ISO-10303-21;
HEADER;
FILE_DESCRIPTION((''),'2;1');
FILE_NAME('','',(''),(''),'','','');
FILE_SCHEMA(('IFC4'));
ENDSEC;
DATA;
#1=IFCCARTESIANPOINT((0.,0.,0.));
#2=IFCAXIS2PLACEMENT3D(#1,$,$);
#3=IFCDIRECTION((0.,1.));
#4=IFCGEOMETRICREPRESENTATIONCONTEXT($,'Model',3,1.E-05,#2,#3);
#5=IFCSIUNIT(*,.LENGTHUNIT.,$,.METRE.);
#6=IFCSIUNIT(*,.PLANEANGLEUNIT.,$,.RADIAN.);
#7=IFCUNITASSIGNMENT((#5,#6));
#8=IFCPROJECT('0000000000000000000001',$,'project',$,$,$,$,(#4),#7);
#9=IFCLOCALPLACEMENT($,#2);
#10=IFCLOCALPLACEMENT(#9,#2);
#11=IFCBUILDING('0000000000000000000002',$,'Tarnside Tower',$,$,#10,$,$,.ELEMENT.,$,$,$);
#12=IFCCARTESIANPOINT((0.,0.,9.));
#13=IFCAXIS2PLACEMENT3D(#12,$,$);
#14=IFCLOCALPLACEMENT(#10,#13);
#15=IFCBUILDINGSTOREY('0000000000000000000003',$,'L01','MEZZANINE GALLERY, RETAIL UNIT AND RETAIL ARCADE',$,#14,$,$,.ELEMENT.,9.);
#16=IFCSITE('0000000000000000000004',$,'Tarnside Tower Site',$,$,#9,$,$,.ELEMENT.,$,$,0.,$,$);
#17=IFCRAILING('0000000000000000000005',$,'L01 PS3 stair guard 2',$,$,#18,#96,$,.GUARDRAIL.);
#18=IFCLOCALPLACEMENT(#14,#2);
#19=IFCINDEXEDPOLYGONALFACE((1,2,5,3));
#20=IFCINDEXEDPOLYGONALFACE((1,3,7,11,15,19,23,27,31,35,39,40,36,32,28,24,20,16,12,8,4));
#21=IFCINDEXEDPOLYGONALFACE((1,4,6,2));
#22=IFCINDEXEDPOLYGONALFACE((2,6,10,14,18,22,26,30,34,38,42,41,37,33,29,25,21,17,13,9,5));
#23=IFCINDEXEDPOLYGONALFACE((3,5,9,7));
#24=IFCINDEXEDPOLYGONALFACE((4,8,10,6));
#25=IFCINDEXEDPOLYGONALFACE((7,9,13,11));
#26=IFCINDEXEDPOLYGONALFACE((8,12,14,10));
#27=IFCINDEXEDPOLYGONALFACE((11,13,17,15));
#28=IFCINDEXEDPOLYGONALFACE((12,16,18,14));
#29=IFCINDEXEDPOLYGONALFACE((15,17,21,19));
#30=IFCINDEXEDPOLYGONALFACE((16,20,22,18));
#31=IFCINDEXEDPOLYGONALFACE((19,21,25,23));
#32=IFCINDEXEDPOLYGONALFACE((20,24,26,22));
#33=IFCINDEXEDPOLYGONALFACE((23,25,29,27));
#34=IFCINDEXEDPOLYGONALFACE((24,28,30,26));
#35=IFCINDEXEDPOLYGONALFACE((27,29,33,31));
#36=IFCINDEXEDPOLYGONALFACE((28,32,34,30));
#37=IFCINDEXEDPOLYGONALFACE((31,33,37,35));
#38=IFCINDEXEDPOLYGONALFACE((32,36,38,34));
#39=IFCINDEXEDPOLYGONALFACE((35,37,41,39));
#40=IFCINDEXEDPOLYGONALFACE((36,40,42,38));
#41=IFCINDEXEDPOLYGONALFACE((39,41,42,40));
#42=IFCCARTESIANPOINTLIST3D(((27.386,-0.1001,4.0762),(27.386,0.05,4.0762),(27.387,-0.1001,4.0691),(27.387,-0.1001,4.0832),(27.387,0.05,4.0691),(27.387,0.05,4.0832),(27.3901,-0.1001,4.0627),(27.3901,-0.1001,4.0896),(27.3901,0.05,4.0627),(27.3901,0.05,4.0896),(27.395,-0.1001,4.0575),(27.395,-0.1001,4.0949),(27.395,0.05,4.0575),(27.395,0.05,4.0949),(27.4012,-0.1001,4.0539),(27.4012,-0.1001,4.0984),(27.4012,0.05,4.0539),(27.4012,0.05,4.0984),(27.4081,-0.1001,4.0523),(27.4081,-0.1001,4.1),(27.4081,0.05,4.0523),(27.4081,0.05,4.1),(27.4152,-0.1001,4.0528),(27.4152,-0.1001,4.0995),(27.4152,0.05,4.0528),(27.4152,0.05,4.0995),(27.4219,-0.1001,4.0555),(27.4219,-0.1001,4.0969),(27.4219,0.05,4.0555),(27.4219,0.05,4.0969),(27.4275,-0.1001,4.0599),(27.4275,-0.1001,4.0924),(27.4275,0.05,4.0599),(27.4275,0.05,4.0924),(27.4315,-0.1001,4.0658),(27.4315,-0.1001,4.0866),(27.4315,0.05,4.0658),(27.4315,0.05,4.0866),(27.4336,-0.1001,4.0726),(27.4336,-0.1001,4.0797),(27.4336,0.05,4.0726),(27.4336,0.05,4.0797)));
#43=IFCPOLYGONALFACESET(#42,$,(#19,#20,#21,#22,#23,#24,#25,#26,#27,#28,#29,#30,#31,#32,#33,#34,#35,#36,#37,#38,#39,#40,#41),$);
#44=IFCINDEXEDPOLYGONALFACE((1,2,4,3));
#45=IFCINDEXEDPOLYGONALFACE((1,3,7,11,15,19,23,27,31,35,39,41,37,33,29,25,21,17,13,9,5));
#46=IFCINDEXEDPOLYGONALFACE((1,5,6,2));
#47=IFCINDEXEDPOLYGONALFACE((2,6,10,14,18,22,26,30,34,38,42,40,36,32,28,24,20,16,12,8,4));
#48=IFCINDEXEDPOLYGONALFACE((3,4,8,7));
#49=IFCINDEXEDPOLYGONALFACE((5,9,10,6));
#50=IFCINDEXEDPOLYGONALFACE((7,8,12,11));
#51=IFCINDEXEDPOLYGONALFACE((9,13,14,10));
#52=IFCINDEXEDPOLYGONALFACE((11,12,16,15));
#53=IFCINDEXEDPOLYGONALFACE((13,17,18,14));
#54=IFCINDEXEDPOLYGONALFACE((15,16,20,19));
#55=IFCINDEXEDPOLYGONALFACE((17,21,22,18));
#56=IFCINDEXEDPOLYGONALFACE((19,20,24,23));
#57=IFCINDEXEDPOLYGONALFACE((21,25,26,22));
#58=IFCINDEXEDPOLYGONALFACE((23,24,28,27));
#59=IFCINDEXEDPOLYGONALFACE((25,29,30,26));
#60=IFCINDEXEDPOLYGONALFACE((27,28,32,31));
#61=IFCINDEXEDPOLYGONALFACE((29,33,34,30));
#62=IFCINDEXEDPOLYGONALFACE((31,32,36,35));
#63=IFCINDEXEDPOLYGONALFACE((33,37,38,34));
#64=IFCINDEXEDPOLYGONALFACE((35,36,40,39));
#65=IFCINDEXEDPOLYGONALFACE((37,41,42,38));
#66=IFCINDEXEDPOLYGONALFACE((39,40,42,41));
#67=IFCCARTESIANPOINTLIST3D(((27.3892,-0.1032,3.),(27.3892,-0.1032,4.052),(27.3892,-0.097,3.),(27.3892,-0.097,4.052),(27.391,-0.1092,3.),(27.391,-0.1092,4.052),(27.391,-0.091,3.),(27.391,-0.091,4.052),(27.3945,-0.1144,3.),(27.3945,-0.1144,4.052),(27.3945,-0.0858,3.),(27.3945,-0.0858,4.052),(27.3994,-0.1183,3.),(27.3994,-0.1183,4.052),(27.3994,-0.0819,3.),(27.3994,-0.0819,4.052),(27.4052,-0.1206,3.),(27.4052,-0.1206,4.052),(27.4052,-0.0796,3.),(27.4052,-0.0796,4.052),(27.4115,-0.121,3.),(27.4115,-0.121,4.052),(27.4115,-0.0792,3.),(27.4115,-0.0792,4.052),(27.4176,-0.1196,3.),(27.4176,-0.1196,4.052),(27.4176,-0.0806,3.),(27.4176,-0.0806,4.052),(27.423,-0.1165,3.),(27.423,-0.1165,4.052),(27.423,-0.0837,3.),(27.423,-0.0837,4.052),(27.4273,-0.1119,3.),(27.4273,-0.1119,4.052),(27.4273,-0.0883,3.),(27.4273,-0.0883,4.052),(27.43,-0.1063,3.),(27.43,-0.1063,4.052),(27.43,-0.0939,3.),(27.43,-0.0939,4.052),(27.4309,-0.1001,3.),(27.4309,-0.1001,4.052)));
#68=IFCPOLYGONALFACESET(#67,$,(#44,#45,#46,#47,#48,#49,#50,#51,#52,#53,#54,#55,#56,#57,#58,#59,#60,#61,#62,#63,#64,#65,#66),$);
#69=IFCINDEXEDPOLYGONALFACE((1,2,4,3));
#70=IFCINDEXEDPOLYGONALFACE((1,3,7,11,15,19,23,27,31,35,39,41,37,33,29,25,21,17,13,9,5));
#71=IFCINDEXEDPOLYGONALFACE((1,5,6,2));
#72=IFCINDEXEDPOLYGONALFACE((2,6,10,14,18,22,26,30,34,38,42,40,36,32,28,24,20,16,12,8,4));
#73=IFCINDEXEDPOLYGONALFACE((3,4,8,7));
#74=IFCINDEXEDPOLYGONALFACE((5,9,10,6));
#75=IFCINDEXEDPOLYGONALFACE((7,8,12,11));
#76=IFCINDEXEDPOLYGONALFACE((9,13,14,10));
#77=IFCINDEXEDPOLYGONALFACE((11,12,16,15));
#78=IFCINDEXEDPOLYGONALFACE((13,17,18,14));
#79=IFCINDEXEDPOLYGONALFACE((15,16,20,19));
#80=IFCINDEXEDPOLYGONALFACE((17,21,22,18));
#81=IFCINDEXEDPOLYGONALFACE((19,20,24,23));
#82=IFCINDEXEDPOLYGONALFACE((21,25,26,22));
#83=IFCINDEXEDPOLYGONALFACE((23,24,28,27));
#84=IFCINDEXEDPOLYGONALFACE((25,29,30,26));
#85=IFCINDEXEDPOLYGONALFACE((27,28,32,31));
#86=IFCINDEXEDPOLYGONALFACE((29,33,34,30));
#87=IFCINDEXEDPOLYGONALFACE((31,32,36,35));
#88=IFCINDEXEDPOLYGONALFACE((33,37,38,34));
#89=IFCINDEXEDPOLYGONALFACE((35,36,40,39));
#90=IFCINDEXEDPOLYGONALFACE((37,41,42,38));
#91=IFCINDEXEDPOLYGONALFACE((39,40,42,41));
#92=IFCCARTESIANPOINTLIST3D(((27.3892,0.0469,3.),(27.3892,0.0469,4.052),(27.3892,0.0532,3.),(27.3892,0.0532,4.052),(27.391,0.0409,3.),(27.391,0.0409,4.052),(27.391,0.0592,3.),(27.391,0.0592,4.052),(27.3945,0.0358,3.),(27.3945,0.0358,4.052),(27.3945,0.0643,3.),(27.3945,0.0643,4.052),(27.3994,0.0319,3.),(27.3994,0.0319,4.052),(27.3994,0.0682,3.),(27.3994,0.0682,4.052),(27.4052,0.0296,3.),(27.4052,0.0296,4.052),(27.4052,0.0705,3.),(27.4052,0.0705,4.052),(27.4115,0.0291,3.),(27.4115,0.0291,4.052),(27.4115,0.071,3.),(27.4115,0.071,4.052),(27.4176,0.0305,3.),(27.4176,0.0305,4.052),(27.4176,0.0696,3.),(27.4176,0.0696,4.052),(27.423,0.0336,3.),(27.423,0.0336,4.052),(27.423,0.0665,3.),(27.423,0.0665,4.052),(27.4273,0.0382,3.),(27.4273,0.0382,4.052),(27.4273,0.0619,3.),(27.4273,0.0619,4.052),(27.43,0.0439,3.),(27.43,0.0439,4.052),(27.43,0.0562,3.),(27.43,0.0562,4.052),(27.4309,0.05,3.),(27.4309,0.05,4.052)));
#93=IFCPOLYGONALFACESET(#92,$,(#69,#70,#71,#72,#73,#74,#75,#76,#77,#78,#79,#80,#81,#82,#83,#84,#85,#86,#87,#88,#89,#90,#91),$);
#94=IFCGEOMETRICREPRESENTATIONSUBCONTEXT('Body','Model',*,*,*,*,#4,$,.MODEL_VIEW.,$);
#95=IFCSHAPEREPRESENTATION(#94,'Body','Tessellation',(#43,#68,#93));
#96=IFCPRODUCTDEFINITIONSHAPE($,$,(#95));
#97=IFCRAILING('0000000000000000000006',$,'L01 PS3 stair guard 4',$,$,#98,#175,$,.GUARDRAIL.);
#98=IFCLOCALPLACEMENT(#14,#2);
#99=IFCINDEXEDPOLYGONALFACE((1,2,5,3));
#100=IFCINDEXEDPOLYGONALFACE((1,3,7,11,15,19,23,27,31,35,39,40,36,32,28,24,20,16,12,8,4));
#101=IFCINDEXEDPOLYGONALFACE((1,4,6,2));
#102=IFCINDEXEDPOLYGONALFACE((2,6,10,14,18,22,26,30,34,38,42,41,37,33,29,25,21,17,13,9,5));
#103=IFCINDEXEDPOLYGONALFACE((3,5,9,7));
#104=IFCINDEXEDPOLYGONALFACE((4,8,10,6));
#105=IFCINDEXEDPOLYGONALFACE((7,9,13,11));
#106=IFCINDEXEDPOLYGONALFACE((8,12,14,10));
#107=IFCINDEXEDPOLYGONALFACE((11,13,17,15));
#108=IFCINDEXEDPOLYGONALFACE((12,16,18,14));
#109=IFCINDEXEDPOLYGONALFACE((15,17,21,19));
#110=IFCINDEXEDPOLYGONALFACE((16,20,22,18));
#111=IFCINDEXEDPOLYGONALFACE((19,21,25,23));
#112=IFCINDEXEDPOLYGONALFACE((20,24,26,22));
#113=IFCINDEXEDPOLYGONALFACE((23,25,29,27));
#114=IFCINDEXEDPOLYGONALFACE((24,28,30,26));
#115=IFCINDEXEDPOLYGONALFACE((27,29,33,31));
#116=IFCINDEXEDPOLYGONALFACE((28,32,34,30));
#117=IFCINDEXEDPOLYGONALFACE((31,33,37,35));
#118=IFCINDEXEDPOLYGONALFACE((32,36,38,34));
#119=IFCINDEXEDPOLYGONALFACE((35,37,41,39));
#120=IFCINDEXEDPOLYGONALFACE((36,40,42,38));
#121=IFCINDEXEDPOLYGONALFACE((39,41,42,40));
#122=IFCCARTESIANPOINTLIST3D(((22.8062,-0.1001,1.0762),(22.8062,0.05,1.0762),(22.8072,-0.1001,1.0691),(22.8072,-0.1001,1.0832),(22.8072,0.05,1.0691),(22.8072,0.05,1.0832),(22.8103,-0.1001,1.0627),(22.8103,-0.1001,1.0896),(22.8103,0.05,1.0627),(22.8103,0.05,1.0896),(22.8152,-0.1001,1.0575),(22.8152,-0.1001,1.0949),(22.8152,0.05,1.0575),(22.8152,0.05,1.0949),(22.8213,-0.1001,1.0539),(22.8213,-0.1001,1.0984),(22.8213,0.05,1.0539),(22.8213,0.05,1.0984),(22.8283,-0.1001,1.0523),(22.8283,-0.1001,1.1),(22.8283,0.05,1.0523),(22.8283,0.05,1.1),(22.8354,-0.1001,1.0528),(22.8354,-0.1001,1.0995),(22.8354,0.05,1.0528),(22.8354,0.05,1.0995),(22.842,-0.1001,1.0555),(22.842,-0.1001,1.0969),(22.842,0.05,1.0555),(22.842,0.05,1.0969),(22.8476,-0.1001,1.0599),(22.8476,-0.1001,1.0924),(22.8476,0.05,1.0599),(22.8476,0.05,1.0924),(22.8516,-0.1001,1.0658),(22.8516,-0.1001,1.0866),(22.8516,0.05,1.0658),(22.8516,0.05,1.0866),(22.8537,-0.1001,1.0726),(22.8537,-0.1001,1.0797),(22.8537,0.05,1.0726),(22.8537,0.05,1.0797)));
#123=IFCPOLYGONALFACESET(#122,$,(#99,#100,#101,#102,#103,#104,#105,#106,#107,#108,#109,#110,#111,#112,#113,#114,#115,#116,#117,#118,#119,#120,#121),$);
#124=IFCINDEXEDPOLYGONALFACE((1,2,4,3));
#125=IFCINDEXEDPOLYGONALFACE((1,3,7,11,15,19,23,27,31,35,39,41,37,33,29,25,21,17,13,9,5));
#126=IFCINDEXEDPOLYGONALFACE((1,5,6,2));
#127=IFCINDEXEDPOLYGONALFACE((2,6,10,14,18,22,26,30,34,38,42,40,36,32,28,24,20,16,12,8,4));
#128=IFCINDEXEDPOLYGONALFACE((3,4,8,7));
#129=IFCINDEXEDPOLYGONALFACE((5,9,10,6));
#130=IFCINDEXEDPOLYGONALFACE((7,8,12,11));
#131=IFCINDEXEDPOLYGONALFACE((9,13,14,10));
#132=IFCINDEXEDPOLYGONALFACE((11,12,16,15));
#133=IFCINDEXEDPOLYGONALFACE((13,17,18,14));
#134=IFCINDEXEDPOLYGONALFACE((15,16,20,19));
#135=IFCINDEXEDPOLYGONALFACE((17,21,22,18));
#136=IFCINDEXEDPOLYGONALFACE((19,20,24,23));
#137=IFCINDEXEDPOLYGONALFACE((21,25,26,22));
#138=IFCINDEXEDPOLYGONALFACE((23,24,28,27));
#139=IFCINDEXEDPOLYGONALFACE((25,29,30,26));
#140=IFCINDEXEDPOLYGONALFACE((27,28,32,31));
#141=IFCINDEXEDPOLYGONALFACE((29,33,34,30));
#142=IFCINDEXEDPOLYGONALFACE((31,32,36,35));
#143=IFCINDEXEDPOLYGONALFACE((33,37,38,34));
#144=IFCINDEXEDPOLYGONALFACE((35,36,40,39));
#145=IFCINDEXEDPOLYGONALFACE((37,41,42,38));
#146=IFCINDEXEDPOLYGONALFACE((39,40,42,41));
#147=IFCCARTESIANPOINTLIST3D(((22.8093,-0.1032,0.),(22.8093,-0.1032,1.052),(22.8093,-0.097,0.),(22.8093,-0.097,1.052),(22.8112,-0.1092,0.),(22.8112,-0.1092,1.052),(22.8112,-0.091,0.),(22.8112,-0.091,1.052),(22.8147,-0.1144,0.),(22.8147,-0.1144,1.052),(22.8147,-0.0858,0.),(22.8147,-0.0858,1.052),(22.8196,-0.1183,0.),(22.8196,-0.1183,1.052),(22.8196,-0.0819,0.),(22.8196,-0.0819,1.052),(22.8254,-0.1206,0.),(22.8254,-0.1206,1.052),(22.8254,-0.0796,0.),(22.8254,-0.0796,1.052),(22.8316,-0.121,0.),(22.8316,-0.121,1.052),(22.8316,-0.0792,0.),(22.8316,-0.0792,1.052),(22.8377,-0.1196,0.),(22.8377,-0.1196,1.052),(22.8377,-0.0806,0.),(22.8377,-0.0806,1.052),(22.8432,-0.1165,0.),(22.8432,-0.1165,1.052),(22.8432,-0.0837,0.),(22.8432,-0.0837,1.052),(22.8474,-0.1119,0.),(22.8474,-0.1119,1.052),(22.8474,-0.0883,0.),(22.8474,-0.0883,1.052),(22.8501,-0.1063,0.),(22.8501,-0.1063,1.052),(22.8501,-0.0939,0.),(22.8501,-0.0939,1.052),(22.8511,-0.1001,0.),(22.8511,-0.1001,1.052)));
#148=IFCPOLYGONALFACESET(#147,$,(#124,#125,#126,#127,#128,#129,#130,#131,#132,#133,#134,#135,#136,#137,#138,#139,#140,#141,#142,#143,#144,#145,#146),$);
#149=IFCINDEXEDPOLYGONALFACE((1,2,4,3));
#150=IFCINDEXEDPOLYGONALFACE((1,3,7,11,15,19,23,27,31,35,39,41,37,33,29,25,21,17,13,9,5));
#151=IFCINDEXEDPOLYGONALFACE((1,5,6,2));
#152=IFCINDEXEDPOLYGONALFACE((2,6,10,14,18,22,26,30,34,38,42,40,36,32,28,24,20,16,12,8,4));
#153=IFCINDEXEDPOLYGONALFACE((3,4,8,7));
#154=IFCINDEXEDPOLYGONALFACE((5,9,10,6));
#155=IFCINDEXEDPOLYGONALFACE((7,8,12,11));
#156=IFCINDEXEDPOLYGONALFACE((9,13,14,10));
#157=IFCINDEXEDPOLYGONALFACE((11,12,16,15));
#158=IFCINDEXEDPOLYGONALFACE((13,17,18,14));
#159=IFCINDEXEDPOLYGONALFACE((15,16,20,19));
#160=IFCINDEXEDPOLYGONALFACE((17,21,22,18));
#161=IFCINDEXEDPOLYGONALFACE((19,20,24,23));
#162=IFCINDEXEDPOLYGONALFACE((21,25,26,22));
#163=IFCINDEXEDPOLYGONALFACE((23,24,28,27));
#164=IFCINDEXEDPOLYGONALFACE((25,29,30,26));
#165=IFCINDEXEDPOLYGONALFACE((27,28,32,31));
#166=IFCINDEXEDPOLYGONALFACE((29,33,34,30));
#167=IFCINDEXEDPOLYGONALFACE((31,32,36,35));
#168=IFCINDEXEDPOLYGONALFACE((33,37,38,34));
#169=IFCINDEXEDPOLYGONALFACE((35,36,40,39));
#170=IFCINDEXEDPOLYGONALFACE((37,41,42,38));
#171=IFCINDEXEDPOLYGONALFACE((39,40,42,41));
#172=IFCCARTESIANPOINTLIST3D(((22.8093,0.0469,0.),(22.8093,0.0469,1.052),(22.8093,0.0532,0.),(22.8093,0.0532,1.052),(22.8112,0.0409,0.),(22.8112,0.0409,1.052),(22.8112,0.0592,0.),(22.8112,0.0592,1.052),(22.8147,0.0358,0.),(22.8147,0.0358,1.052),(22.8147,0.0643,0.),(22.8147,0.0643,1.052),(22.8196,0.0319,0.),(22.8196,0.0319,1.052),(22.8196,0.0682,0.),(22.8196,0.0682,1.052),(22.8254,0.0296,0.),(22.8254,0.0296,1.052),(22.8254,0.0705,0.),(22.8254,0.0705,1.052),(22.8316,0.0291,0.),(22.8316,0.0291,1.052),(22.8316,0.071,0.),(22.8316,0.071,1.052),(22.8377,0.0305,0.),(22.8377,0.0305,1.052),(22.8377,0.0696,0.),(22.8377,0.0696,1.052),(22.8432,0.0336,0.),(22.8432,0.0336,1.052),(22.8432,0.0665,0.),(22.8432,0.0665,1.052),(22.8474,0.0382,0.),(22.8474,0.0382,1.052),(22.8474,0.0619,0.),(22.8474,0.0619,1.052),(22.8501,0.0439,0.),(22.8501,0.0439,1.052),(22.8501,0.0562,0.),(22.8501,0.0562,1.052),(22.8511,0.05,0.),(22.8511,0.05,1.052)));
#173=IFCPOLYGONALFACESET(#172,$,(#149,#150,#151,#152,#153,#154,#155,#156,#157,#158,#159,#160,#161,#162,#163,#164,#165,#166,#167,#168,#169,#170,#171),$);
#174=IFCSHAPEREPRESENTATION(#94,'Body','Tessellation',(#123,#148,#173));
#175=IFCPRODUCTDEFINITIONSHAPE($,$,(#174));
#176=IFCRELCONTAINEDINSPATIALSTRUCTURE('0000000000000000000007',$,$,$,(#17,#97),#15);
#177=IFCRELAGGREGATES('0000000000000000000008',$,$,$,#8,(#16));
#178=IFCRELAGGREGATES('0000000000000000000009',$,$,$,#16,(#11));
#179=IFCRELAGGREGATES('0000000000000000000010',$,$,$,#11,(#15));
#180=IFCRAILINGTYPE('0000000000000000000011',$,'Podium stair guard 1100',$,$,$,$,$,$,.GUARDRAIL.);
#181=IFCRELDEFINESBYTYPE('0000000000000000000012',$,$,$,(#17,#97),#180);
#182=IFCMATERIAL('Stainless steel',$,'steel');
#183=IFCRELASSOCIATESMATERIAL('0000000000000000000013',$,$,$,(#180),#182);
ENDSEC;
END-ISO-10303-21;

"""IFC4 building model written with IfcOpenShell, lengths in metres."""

from ifc_helpers import new_model, si_unit, direction, frame, origin, origin_2d, place, context, subcontext, project, spatial, circle, extrude, material, type_object, element, save


model = new_model("IFC4")

# Units and contexts
model_context = context("Model", 3, precision=1e-05, world=origin(), true_north=direction((0.0, 1.0)))
body_context = subcontext(model_context, "Body", "Model", "MODEL_VIEW")
ifc_project = project(units=[si_unit("LENGTHUNIT", "METRE"), si_unit("PLANEANGLEUNIT", "RADIAN")], contexts=[model_context])

# Site, building, storey
site_placement = place(None, origin())
site = spatial("IfcSite", under=ifc_project, at=site_placement, Name="Tarnside Tower Site", CompositionType="ELEMENT", RefElevation=0.0)
building_placement = place(site_placement, origin())
building = spatial("IfcBuilding", under=site, at=building_placement, Name="Tarnside Tower", CompositionType="ELEMENT")
storey_placement = place(building_placement, frame((0.0, 0.0, 9.0)))
storey = spatial("IfcBuildingStorey", under=building, at=storey_placement, Name="L01", Description="MEZZANINE GALLERY, RETAIL UNIT AND RETAIL ARCADE", CompositionType="ELEMENT", Elevation=9.0)

# Railings
ifc_material_1 = material(Name="Stainless steel", Category="steel")
railing_type_1 = type_object("IfcRailingType", Name="Podium stair guard 1100", PredefinedType="GUARDRAIL", material=ifc_material_1)
for number, where, name in (
    (1, (27.4099, -0.1001, 3.0), "L01 PS3 stair guard 2"),
    (2, (22.8301, -0.1001, 0.0), "L01 PS3 stair guard 4"),
):
    element("IfcRailing", number, at=place(storey_placement, frame(where)), inside=storey, type_object=railing_type_1, Name=name, PredefinedType="GUARDRAIL", context=body_context, shape_type="SweptSolid", body=[
        extrude(circle(Radius=0.0239, at=origin_2d()), frame((0.0, 0.0, 1.0762), z_axis=(0.0, 1.0, 0.0), x_axis=(-1.0, 0.0, 0.0)), (0.0, 0.0, 1.0), 0.1501),
        extrude(circle(Radius=0.021, at=origin_2d()), origin(), (0.0, 0.0, 1.0), 1.052),
        extrude(circle(Radius=0.021, at=origin_2d()), frame((0.0, 0.1501, 0.0)), (0.0, 0.0, 1.0), 1.052),
    ])

save(model, "model.ifc")
